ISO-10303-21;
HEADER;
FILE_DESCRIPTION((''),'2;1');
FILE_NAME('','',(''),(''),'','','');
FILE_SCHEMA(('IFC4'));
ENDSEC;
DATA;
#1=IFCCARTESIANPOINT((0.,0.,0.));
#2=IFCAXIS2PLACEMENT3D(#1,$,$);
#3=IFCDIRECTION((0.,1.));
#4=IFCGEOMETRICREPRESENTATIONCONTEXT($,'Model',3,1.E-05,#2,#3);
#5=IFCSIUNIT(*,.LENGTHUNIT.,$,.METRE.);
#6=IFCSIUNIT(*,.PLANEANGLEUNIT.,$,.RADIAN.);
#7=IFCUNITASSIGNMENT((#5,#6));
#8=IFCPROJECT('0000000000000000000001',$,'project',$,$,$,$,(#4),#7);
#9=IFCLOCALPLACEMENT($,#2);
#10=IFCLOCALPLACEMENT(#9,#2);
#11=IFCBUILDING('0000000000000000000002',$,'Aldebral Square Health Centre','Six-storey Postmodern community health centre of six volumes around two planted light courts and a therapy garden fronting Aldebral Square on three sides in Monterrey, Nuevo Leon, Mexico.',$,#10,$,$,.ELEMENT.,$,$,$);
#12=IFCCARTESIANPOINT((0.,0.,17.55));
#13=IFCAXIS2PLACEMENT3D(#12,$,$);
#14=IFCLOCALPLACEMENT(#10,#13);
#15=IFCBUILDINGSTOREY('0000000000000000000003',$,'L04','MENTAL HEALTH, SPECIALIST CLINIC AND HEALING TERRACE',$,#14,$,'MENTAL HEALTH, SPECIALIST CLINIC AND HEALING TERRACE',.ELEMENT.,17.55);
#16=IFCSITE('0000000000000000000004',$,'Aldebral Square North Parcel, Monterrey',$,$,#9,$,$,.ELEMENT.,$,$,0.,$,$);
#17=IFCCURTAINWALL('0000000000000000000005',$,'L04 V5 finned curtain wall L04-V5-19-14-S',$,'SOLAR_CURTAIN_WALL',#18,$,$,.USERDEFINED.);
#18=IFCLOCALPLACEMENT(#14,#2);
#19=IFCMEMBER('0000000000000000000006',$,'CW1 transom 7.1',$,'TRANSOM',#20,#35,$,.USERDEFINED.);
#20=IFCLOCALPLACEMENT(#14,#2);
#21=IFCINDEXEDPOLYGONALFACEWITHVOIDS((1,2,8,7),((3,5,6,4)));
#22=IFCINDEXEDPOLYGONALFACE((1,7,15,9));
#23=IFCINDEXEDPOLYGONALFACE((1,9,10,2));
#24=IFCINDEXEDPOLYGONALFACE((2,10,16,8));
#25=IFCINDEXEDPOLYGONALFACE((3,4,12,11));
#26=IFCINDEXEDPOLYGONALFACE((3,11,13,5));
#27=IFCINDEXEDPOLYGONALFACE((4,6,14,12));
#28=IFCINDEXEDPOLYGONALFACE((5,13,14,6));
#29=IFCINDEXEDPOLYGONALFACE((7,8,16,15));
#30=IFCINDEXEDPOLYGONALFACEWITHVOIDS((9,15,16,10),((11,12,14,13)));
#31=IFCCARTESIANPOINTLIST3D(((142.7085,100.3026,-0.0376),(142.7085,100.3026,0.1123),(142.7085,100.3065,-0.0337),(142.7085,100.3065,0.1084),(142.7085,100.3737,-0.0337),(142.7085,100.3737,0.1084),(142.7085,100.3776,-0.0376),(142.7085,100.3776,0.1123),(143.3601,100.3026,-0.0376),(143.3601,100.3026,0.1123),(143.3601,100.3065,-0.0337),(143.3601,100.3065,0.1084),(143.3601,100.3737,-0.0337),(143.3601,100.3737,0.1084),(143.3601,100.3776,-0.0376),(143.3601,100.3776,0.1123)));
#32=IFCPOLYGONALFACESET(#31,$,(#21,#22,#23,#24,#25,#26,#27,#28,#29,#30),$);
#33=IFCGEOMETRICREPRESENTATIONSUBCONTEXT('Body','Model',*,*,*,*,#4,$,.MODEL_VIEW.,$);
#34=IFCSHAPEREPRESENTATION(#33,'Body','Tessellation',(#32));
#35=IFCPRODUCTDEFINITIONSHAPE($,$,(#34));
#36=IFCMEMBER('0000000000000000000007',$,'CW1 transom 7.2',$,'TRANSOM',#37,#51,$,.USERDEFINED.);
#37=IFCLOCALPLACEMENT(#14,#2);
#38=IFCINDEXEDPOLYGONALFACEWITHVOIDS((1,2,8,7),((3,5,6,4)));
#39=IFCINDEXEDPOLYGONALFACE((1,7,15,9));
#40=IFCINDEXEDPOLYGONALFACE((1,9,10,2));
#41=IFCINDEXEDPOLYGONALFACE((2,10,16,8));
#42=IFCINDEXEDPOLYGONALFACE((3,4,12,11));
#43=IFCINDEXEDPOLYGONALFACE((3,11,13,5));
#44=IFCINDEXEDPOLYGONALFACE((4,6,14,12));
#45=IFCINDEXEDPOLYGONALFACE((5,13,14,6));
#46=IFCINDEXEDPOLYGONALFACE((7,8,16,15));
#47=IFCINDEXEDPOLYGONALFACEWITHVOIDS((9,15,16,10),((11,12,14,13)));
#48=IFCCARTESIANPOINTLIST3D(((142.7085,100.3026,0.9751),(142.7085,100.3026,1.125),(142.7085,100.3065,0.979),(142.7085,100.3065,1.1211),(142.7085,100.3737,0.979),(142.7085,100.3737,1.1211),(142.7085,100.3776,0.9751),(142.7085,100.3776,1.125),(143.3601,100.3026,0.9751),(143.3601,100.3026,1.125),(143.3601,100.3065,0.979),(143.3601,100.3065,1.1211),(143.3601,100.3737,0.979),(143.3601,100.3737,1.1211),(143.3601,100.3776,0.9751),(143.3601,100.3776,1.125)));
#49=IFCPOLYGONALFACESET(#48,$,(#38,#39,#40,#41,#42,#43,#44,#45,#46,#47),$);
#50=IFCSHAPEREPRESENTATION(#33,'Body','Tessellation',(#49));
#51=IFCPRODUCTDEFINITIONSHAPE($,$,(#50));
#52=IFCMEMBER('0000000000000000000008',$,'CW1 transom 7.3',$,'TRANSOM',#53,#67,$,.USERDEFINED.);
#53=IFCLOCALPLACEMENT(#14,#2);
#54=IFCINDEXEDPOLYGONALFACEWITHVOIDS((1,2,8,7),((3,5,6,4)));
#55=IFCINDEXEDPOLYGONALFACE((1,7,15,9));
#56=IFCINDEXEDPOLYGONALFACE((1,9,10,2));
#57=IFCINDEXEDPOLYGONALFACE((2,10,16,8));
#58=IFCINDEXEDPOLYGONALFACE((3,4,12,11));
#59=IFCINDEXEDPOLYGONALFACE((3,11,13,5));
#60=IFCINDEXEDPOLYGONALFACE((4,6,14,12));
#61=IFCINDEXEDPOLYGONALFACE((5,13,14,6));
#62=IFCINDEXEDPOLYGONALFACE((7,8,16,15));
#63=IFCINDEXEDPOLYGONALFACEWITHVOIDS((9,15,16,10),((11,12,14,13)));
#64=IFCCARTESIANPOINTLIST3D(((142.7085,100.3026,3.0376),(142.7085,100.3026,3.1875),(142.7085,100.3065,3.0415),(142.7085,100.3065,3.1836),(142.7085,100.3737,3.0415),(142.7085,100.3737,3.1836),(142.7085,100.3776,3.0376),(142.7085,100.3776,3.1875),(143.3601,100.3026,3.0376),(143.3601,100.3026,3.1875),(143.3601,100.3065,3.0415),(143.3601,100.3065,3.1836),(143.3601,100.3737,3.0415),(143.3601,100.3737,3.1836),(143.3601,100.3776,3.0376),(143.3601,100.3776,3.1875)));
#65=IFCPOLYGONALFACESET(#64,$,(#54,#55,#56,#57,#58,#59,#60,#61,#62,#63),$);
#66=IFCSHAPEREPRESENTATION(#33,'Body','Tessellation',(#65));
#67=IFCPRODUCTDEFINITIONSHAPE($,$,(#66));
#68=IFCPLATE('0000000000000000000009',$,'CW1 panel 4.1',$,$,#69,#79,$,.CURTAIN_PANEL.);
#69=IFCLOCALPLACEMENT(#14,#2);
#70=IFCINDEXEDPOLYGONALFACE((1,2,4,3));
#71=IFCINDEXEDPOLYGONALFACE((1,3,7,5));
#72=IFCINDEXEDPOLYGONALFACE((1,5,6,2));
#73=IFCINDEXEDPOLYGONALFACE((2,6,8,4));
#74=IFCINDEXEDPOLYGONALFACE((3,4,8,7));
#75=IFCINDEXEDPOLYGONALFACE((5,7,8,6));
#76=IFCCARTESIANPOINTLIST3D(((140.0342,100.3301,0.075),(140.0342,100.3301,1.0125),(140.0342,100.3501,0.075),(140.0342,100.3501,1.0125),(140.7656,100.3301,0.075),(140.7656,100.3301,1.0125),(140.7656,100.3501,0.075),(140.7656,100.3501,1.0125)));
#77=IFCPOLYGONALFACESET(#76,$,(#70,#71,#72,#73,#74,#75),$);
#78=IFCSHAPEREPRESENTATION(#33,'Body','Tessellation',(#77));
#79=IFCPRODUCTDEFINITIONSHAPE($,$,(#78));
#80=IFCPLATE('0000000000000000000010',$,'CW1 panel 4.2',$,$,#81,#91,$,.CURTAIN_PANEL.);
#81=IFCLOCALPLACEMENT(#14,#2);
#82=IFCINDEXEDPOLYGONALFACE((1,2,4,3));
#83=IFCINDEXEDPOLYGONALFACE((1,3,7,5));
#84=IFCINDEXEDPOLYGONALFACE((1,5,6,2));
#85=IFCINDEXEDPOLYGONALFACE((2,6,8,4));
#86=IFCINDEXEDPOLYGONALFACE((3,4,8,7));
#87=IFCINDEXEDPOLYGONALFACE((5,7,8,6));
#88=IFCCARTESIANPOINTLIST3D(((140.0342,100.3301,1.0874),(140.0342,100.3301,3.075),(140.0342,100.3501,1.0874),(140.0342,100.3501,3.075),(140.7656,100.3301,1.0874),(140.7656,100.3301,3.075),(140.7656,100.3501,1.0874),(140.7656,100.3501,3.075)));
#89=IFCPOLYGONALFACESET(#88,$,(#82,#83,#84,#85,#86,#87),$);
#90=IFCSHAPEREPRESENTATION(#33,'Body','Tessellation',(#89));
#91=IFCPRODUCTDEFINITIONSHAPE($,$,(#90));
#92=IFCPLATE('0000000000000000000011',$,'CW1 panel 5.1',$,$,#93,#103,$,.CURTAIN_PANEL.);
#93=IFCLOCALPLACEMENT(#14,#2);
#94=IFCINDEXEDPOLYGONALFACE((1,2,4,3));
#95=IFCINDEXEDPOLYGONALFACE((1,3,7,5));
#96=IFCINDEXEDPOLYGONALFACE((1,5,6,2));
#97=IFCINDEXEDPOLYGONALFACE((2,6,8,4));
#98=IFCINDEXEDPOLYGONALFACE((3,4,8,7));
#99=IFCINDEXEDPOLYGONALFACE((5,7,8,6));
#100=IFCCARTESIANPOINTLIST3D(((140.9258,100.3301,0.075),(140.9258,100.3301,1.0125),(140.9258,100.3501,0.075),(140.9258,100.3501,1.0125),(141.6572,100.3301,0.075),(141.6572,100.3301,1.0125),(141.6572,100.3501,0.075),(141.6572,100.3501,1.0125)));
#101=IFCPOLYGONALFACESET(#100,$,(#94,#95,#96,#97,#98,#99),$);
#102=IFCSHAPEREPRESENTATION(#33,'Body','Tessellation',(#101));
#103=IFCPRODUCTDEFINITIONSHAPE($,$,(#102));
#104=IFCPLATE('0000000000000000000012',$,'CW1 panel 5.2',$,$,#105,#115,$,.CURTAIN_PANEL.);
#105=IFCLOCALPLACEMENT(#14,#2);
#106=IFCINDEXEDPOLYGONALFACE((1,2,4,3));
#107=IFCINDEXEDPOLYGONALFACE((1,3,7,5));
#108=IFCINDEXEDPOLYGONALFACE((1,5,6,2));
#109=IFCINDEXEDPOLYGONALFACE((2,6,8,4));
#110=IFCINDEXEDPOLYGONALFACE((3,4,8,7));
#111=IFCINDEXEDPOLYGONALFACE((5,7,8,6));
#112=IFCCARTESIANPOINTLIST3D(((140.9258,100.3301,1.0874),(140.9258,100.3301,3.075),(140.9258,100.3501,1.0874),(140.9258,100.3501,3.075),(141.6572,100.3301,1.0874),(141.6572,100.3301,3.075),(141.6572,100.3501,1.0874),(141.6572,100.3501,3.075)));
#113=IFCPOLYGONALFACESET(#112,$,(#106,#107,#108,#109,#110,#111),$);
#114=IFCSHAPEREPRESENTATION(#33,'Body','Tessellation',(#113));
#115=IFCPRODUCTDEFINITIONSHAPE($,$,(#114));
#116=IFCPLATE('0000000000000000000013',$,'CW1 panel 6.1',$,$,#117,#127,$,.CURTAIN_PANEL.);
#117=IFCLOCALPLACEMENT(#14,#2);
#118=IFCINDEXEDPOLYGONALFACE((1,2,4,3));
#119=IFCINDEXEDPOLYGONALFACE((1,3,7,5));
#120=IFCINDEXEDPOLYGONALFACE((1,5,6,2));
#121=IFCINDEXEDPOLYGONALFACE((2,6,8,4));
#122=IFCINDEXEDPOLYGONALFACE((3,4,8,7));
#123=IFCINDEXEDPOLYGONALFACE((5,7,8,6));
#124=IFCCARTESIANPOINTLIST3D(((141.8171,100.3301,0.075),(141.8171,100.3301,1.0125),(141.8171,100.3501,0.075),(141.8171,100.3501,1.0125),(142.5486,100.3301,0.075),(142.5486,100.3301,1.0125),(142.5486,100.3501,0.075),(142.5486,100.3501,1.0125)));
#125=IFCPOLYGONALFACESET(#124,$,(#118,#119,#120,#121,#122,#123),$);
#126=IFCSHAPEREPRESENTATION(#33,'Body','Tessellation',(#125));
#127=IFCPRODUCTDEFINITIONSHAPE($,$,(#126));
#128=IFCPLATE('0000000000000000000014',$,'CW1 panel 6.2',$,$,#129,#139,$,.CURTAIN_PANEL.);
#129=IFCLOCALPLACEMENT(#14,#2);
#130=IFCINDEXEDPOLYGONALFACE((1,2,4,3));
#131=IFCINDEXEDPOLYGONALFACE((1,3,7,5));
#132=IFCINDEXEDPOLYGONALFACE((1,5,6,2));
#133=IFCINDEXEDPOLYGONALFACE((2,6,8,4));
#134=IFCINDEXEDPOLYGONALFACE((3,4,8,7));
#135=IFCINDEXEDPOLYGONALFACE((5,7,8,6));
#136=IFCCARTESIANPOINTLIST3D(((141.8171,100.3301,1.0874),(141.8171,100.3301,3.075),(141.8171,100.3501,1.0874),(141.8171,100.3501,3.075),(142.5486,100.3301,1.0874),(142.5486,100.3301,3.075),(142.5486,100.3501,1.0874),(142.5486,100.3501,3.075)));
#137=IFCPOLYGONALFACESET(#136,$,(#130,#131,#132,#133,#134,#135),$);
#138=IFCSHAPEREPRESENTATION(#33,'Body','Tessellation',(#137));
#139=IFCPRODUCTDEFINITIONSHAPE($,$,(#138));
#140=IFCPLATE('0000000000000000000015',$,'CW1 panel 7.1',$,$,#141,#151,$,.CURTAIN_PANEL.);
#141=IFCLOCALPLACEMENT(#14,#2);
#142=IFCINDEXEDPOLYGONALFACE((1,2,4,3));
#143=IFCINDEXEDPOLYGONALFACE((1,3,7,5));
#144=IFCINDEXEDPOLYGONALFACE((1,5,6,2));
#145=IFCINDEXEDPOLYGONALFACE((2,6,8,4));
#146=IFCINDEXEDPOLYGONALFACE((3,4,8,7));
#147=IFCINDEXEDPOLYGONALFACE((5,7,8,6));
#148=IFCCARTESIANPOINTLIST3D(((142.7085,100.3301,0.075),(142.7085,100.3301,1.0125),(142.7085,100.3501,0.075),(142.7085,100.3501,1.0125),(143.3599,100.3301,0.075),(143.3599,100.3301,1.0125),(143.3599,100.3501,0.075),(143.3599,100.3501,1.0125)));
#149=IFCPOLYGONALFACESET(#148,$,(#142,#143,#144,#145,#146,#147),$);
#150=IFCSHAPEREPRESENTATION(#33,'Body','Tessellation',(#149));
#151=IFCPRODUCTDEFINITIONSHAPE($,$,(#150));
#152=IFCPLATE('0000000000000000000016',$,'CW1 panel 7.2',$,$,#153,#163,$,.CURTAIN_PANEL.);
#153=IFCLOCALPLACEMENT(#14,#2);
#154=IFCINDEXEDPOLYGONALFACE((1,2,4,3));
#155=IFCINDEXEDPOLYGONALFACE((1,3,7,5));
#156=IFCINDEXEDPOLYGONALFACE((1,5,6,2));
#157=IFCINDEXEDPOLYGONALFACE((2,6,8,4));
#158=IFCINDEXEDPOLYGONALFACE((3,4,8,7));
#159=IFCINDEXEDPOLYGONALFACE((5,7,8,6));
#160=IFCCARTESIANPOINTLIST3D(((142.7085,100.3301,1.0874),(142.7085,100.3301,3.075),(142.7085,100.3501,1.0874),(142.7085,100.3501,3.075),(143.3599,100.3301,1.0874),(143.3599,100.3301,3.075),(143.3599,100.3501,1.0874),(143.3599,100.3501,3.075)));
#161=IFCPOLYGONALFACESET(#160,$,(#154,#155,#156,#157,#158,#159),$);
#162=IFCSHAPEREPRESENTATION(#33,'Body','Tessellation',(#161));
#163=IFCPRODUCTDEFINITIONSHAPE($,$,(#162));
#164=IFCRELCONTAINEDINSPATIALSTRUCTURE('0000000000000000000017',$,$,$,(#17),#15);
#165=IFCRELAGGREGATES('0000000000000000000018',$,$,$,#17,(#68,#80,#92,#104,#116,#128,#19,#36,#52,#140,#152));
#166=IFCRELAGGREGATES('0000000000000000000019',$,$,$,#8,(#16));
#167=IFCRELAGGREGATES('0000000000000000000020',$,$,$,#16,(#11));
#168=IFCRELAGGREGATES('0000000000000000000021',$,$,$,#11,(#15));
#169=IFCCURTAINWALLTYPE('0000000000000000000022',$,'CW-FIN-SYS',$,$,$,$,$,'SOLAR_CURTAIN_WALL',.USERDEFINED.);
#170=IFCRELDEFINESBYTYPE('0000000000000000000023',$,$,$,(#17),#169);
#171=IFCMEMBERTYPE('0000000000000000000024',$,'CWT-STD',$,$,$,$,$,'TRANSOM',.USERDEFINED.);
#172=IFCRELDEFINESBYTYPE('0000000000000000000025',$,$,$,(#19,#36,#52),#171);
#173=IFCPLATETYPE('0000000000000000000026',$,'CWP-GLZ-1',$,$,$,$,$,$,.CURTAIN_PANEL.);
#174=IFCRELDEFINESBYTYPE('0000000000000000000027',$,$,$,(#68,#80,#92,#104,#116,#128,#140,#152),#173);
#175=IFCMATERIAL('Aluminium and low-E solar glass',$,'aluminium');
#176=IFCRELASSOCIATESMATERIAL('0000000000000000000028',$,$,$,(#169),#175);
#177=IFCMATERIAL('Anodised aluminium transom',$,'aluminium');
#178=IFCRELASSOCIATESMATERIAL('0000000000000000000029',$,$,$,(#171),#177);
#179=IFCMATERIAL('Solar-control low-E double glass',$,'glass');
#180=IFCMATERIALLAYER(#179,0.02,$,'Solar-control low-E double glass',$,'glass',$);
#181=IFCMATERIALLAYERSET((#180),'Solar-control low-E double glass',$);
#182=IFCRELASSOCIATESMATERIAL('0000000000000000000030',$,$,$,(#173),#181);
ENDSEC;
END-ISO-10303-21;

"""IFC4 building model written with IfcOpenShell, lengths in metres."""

from ifc_helpers import new_model, si_unit, direction, frame, origin, origin_2d, place, context, subcontext, project, spatial, rectangle, hollow_rectangle, extrude, material, layer, layer_set, material_profile, profile_set, type_object, element, aggregate, save


model = new_model("IFC4")

# Units and contexts
model_context = context("Model", 3, precision=1e-05, world=origin(), true_north=direction((0.0, 1.0)))
body_context = subcontext(model_context, "Body", "Model", "MODEL_VIEW")
ifc_project = project(units=[si_unit("LENGTHUNIT", "METRE"), si_unit("PLANEANGLEUNIT", "RADIAN")], contexts=[model_context])

# Site, building, storey
site_placement = place(None, origin())
site = spatial("IfcSite", under=ifc_project, at=site_placement, Name="Aldebral Square North Parcel, Monterrey", CompositionType="ELEMENT", RefElevation=0.0)
building_placement = place(site_placement, origin())
building = spatial("IfcBuilding", under=site, at=building_placement, Name="Aldebral Square Health Centre", Description="Six-storey Postmodern community health centre of six volumes around two planted light courts and a therapy garden fronting Aldebral Square on three sides in Monterrey, Nuevo Leon, Mexico.", CompositionType="ELEMENT")
storey_placement = place(building_placement, frame((0.0, 0.0, 17.55)))
storey = spatial("IfcBuildingStorey", under=building, at=storey_placement, Name="L04", Description="MENTAL HEALTH, SPECIALIST CLINIC AND HEALING TERRACE", LongName="MENTAL HEALTH, SPECIALIST CLINIC AND HEALING TERRACE", CompositionType="ELEMENT", Elevation=17.55)

# Curtain wall, members, plates
ifc_material_1 = material(Name="Aluminium and low-E solar glass", Category="aluminium")
curtain_wall_type = type_object("IfcCurtainWallType", Name="CW-FIN-SYS", ElementType="SOLAR_CURTAIN_WALL", PredefinedType="USERDEFINED", material=ifc_material_1)
curtain_wall_placement = place(storey_placement, origin())
curtain_wall = element("IfcCurtainWall", 1, at=curtain_wall_placement, inside=storey, type_object=curtain_wall_type, Name="L04 V5 finned curtain wall L04-V5-19-14-S", ObjectType="SOLAR_CURTAIN_WALL", PredefinedType="USERDEFINED")
ifc_material_2 = material(Name="Anodised aluminium transom", Category="aluminium")
ifc_material_profile_1 = material_profile(ifc_material_2, hollow_rectangle(XDim=0.075, YDim=0.1499, WallThickness=0.0039, at=origin_2d()), Name="CWT 75x150x4")
ifc_profile_set_1 = profile_set([ifc_material_profile_1], Name="Anodised aluminium transom")
member_type_1 = type_object("IfcMemberType", Name="CWT-STD", ElementType="TRANSOM", PredefinedType="USERDEFINED", material=ifc_profile_set_1)
member_1_placement = place(storey_placement, frame((142.7085, 100.3401, 0.0374), z_axis=(1.0, 0.0, 0.0), x_axis=(0.0, 1.0, 0.0)))
member_1 = element("IfcMember", 2, at=member_1_placement, type_object=member_type_1, Name="CW1 transom 7.1", ObjectType="TRANSOM", PredefinedType="USERDEFINED", context=body_context, shape_type="SweptSolid", body=[
    extrude(hollow_rectangle(XDim=0.075, YDim=0.1499, WallThickness=0.0039, at=origin_2d()), origin(), (0.0, 0.0, 1.0), 0.6516),
])
member_2_placement = place(storey_placement, frame((142.7085, 100.3401, 1.05), z_axis=(1.0, 0.0, 0.0), x_axis=(0.0, 1.0, 0.0)))
member_2 = element("IfcMember", 3, at=member_2_placement, type_object=member_type_1, Name="CW1 transom 7.2", ObjectType="TRANSOM", PredefinedType="USERDEFINED", context=body_context, shape_type="SweptSolid", body=[
    extrude(hollow_rectangle(XDim=0.075, YDim=0.1499, WallThickness=0.0039, at=origin_2d()), origin(), (0.0, 0.0, 1.0), 0.6516),
])
member_3_placement = place(storey_placement, frame((142.7085, 100.3401, 3.1125), z_axis=(1.0, 0.0, 0.0), x_axis=(0.0, 1.0, 0.0)))
member_3 = element("IfcMember", 4, at=member_3_placement, type_object=member_type_1, Name="CW1 transom 7.3", ObjectType="TRANSOM", PredefinedType="USERDEFINED", context=body_context, shape_type="SweptSolid", body=[
    extrude(hollow_rectangle(XDim=0.075, YDim=0.1499, WallThickness=0.0039, at=origin_2d()), origin(), (0.0, 0.0, 1.0), 0.6516),
])
ifc_material_3 = material(Name="Solar-control low-E double glass", Category="glass")
ifc_layer = layer(ifc_material_3, 0.02, Name="Solar-control low-E double glass", Category="glass")
ifc_layer_set = layer_set([ifc_layer], Name="Solar-control low-E double glass")
plate_type = type_object("IfcPlateType", Name="CWP-GLZ-1", PredefinedType="CURTAIN_PANEL", material=ifc_layer_set)
plate_1_placement = place(storey_placement, frame((140.3999, 100.3401, 0.075), z_axis=(0.0, 0.0, 1.0), x_axis=(1.0, 0.0, 0.0)))
plate_1 = element("IfcPlate", 5, at=plate_1_placement, type_object=plate_type, Name="CW1 panel 4.1", PredefinedType="CURTAIN_PANEL", context=body_context, shape_type="SweptSolid", body=[
    extrude(rectangle(XDim=0.7314, YDim=0.02, at=origin_2d()), origin(), (0.0, 0.0, 1.0), 0.9375),
])
plate_2_placement = place(storey_placement, frame((140.3999, 100.3401, 1.0874), z_axis=(0.0, 0.0, 1.0), x_axis=(1.0, 0.0, 0.0)))
plate_2 = element("IfcPlate", 6, at=plate_2_placement, type_object=plate_type, Name="CW1 panel 4.2", PredefinedType="CURTAIN_PANEL", context=body_context, shape_type="SweptSolid", body=[
    extrude(rectangle(XDim=0.7314, YDim=0.02, at=origin_2d()), origin(), (0.0, 0.0, 1.0), 1.9875),
])
plate_3_placement = place(storey_placement, frame((141.2915, 100.3401, 0.075), z_axis=(0.0, 0.0, 1.0), x_axis=(1.0, 0.0, 0.0)))
plate_3 = element("IfcPlate", 7, at=plate_3_placement, type_object=plate_type, Name="CW1 panel 5.1", PredefinedType="CURTAIN_PANEL", context=body_context, shape_type="SweptSolid", body=[
    extrude(rectangle(XDim=0.7314, YDim=0.02, at=origin_2d()), origin(), (0.0, 0.0, 1.0), 0.9375),
])
plate_4_placement = place(storey_placement, frame((141.2915, 100.3401, 1.0874), z_axis=(0.0, 0.0, 1.0), x_axis=(1.0, 0.0, 0.0)))
plate_4 = element("IfcPlate", 8, at=plate_4_placement, type_object=plate_type, Name="CW1 panel 5.2", PredefinedType="CURTAIN_PANEL", context=body_context, shape_type="SweptSolid", body=[
    extrude(rectangle(XDim=0.7314, YDim=0.02, at=origin_2d()), origin(), (0.0, 0.0, 1.0), 1.9875),
])
plate_5_placement = place(storey_placement, frame((142.1829, 100.3401, 0.075), z_axis=(0.0, 0.0, 1.0), x_axis=(1.0, 0.0, 0.0)))
plate_5 = element("IfcPlate", 9, at=plate_5_placement, type_object=plate_type, Name="CW1 panel 6.1", PredefinedType="CURTAIN_PANEL", context=body_context, shape_type="SweptSolid", body=[
    extrude(rectangle(XDim=0.7314, YDim=0.02, at=origin_2d()), origin(), (0.0, 0.0, 1.0), 0.9375),
])
plate_6_placement = place(storey_placement, frame((142.1829, 100.3401, 1.0874), z_axis=(0.0, 0.0, 1.0), x_axis=(1.0, 0.0, 0.0)))
plate_6 = element("IfcPlate", 10, at=plate_6_placement, type_object=plate_type, Name="CW1 panel 6.2", PredefinedType="CURTAIN_PANEL", context=body_context, shape_type="SweptSolid", body=[
    extrude(rectangle(XDim=0.7314, YDim=0.02, at=origin_2d()), origin(), (0.0, 0.0, 1.0), 1.9875),
])
plate_7_placement = place(storey_placement, frame((143.0342, 100.3401, 0.075), z_axis=(0.0, 0.0, 1.0), x_axis=(1.0, 0.0, 0.0)))
plate_7 = element("IfcPlate", 11, at=plate_7_placement, type_object=plate_type, Name="CW1 panel 7.1", PredefinedType="CURTAIN_PANEL", context=body_context, shape_type="SweptSolid", body=[
    extrude(rectangle(XDim=0.6514, YDim=0.02, at=origin_2d()), origin(), (0.0, 0.0, 1.0), 0.9375),
])
plate_8_placement = place(storey_placement, frame((143.0342, 100.3401, 1.0874), z_axis=(0.0, 0.0, 1.0), x_axis=(1.0, 0.0, 0.0)))
plate_8 = element("IfcPlate", 12, at=plate_8_placement, type_object=plate_type, Name="CW1 panel 7.2", PredefinedType="CURTAIN_PANEL", context=body_context, shape_type="SweptSolid", body=[
    extrude(rectangle(XDim=0.6514, YDim=0.02, at=origin_2d()), origin(), (0.0, 0.0, 1.0), 1.9875),
])
aggregate(curtain_wall, [plate_1, plate_2, plate_3, plate_4, plate_5, plate_6, member_1, member_2, member_3, plate_7, plate_8])

save(model, "model.ifc")
